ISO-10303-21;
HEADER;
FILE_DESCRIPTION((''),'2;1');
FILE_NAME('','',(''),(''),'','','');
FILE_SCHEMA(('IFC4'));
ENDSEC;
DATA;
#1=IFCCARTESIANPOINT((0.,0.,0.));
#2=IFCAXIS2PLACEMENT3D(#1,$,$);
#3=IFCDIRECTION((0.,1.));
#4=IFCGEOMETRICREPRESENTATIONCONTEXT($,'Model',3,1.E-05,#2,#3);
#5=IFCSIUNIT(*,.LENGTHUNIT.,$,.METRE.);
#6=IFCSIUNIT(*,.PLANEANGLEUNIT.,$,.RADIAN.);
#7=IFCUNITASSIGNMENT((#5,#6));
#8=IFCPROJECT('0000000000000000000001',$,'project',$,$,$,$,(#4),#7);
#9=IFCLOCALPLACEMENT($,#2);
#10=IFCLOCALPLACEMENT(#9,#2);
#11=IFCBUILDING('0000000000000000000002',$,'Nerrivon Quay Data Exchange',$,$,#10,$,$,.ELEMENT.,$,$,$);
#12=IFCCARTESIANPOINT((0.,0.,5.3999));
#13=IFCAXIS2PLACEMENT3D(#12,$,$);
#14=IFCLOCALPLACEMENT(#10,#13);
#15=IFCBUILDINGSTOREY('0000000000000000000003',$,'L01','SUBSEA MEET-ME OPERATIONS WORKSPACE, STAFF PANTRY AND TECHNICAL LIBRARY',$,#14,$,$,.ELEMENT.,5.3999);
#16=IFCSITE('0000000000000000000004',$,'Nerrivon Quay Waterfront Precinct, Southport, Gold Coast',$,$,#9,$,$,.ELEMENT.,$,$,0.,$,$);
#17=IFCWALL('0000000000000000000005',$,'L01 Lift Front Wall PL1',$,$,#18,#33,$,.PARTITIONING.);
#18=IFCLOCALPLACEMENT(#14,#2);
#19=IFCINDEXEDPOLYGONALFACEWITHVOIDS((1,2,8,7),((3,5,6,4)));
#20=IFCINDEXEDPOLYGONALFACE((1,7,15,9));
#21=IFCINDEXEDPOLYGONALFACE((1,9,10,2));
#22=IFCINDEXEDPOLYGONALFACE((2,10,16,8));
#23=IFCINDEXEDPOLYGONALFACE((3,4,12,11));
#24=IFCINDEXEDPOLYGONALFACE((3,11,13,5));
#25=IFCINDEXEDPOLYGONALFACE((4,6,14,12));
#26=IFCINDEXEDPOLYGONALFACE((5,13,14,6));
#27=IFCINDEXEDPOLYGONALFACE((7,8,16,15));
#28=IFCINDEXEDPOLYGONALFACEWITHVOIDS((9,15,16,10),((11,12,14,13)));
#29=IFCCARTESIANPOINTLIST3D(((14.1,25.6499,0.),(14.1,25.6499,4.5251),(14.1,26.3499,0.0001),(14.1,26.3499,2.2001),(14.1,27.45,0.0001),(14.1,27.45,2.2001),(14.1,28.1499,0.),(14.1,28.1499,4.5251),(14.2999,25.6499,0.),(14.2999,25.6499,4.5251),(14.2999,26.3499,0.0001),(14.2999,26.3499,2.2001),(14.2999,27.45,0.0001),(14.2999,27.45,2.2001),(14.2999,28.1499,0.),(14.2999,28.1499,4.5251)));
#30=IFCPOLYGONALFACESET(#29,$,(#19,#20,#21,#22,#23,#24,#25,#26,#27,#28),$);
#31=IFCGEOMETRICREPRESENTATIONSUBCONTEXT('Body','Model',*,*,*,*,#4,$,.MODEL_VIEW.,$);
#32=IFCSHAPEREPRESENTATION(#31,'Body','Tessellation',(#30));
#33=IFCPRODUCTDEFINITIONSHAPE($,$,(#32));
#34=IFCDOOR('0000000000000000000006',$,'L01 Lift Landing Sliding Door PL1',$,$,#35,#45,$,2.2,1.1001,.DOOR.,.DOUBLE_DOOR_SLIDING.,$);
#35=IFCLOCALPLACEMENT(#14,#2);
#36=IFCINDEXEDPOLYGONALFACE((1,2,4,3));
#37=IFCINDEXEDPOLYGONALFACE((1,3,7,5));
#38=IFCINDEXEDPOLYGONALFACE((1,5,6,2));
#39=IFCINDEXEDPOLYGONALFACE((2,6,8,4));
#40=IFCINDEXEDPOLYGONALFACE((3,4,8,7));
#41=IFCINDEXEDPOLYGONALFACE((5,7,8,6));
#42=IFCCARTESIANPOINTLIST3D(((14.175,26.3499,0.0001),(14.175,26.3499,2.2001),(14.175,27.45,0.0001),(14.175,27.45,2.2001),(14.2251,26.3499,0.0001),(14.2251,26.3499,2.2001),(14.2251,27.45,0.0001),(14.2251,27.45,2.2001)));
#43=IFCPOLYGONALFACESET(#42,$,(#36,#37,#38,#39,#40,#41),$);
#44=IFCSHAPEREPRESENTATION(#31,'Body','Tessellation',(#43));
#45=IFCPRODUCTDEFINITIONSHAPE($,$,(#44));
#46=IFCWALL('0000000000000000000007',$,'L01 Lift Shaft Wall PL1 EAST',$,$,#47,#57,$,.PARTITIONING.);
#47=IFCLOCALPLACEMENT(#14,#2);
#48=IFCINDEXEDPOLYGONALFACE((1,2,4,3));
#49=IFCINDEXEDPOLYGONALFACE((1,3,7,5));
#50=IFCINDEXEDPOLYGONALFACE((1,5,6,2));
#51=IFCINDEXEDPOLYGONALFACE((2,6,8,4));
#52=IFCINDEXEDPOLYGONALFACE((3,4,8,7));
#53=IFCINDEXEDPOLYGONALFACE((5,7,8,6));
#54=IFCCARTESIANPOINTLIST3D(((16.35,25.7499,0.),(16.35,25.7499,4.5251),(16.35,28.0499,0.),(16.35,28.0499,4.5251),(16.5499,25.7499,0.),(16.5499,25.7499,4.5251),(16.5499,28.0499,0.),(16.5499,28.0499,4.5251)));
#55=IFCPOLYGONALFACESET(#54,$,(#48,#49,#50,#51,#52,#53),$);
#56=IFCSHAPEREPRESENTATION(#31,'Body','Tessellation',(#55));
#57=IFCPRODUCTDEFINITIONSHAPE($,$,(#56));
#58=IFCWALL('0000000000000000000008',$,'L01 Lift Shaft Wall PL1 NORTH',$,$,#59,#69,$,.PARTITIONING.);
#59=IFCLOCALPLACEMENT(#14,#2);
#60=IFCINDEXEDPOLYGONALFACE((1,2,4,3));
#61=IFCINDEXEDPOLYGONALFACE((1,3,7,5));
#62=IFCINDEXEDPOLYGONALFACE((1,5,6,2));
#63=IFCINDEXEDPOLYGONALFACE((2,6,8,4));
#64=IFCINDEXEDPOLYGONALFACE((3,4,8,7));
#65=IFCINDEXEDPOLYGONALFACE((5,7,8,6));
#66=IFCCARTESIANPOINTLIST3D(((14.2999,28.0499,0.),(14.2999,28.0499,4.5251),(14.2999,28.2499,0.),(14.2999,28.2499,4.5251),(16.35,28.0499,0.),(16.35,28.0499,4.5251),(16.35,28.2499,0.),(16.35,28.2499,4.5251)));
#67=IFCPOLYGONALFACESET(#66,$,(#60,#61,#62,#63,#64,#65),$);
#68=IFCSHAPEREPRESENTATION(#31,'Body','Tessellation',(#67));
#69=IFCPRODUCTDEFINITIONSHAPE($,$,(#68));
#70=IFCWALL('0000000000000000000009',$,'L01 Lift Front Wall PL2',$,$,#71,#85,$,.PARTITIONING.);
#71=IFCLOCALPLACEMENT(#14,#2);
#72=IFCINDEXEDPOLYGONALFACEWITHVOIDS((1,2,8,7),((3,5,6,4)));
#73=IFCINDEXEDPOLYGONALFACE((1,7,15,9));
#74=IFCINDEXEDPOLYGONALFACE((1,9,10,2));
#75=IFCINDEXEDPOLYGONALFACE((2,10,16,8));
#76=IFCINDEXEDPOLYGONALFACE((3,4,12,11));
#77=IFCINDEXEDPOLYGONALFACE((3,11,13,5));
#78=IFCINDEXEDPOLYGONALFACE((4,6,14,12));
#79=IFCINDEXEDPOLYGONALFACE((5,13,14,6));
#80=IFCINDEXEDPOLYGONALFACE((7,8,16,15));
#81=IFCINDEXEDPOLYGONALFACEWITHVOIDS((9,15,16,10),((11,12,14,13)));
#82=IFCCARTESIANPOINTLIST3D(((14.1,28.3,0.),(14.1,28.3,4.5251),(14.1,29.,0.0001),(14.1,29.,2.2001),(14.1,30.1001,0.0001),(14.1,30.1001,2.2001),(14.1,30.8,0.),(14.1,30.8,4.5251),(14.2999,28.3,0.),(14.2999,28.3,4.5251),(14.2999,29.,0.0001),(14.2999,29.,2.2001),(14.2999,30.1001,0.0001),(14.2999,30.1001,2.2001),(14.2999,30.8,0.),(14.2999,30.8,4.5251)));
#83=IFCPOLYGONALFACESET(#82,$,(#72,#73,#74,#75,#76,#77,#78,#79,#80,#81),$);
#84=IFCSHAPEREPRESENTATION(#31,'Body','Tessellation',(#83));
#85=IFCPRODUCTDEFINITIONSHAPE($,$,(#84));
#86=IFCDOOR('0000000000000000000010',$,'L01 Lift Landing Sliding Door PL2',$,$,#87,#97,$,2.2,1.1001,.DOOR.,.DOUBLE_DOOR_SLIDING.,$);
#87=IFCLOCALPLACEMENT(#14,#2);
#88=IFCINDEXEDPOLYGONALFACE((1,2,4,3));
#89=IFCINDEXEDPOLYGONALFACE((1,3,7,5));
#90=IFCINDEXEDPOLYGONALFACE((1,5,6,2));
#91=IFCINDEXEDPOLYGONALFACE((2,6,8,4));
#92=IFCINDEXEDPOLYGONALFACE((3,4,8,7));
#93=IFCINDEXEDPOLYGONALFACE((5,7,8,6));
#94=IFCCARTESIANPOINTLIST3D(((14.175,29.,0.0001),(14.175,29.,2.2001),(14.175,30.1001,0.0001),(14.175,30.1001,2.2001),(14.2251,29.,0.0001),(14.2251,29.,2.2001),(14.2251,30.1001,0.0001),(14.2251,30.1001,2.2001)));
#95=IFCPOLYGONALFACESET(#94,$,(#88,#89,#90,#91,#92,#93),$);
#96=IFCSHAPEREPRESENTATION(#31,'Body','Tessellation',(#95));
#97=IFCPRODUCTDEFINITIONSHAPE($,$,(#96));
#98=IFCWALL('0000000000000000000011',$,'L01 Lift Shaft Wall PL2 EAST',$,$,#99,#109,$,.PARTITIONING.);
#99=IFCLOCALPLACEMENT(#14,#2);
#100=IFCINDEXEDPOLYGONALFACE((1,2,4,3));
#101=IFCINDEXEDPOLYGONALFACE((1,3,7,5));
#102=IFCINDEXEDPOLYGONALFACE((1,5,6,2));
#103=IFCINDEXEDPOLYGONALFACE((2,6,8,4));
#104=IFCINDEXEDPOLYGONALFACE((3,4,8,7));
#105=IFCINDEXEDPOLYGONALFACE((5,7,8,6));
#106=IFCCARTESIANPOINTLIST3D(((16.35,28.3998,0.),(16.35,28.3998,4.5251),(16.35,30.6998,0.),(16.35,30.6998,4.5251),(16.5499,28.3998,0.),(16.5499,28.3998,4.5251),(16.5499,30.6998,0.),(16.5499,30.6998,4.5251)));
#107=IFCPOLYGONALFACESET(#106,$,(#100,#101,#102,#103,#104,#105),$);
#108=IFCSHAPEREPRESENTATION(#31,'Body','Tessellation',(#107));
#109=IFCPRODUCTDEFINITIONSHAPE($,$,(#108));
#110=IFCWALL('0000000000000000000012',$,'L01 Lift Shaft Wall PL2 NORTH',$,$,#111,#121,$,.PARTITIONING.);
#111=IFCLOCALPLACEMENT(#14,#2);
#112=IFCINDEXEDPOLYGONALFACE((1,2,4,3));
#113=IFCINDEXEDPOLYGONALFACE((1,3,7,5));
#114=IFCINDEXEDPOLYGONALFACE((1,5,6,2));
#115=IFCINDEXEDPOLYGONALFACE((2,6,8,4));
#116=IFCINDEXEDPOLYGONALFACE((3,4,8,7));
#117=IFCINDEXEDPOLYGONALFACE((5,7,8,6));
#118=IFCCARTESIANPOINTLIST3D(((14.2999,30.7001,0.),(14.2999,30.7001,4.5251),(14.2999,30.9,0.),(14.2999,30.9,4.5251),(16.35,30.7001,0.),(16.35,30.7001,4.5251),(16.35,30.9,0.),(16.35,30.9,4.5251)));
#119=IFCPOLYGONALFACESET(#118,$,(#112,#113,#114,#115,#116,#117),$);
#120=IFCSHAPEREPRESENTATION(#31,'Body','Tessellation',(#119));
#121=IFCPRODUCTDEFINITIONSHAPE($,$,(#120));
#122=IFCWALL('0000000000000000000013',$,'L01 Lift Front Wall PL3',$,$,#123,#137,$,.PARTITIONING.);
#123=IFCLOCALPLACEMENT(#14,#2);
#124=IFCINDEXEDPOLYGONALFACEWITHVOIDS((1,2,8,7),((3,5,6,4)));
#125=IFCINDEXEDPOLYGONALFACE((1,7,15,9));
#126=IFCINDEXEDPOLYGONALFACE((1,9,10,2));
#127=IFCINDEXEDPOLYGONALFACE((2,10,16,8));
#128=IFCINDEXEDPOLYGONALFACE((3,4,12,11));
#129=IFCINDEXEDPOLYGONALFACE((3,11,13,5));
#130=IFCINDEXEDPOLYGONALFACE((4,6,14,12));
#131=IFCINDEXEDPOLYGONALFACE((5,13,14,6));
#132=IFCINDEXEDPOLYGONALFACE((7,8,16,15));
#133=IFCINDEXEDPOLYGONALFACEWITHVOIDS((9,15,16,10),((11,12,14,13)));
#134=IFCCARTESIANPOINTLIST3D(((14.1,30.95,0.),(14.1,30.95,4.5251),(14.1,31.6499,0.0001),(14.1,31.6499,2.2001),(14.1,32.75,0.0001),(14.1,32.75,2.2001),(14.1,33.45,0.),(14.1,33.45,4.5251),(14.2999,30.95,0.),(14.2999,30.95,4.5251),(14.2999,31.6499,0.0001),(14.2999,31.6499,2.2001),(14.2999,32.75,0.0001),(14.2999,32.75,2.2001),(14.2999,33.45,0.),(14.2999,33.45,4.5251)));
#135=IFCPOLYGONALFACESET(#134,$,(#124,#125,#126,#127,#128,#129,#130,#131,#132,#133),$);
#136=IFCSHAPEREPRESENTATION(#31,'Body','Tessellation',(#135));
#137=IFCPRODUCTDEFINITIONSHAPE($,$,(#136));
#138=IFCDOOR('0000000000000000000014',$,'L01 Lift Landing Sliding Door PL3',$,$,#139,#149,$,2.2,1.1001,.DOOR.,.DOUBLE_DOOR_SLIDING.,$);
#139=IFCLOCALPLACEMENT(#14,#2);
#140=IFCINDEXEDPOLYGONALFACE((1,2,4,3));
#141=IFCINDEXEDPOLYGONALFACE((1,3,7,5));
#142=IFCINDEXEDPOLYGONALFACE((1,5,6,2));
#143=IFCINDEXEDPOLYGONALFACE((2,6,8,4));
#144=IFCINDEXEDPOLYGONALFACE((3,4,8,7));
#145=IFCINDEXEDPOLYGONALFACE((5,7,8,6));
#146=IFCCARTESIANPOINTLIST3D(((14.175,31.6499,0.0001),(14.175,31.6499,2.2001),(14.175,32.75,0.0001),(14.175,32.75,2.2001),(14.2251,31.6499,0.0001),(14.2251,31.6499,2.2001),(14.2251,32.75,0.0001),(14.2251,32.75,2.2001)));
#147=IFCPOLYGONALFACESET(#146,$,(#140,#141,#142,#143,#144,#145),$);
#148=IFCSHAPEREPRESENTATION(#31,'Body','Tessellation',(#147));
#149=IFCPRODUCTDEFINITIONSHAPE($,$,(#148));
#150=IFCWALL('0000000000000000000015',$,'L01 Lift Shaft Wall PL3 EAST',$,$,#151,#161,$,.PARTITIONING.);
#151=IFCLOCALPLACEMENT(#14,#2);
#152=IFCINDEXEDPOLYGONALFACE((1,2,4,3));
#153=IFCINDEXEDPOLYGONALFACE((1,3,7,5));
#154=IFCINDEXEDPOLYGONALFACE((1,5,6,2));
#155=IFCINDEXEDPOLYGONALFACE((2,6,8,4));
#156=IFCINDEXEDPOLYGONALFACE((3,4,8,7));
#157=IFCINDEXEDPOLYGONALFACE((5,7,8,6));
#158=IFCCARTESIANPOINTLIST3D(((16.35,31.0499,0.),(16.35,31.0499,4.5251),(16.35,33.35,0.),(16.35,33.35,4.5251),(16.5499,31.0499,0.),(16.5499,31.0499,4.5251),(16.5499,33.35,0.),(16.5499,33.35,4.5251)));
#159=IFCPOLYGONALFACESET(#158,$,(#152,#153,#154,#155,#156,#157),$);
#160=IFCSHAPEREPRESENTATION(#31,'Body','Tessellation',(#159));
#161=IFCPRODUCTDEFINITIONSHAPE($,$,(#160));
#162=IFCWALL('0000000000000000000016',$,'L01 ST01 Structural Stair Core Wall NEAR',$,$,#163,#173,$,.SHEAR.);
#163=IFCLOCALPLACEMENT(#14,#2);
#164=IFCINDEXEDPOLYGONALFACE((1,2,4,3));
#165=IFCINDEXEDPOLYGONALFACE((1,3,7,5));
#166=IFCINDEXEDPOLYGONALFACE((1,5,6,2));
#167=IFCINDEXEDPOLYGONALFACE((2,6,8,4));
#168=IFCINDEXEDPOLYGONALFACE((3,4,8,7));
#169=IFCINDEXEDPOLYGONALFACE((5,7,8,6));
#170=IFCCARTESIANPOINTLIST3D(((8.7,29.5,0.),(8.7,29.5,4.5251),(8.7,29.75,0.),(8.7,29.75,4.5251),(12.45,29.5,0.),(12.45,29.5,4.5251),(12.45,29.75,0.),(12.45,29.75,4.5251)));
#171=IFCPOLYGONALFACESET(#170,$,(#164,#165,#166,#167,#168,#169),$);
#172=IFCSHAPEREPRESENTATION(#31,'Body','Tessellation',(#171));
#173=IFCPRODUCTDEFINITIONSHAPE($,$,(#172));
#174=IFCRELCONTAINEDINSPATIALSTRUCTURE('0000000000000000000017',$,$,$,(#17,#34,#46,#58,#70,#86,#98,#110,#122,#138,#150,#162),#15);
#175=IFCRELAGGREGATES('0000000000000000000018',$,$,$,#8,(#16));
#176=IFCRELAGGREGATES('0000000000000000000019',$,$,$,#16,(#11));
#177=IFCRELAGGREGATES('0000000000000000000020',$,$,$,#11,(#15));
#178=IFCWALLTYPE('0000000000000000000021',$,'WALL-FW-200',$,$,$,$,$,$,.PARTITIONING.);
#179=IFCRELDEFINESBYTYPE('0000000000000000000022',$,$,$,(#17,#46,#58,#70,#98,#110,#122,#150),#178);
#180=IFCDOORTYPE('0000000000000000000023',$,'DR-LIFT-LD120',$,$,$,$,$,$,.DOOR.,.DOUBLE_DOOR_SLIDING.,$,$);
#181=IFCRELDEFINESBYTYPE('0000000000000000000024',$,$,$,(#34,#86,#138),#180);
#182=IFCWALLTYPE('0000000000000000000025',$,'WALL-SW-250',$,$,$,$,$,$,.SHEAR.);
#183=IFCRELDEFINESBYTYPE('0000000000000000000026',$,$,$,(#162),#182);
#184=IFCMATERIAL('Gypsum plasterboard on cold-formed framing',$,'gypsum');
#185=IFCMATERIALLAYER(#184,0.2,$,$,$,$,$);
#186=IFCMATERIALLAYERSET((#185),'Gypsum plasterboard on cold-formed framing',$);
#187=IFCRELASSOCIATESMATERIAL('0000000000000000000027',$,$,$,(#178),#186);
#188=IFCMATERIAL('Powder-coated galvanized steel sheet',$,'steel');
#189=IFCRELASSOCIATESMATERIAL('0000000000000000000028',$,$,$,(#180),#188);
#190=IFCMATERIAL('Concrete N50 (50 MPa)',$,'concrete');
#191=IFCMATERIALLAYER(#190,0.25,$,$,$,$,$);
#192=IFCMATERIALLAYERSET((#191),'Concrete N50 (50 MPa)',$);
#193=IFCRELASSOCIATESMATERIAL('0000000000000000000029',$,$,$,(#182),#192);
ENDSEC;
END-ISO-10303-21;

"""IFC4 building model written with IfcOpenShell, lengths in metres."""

from ifc_helpers import new_model, si_unit, direction, frame, frame_2d, origin, place, context, subcontext, project, spatial, rectangle, extrude, material, layer, layer_set, type_object, element, fill, save


model = new_model("IFC4")

# Units and contexts
model_context = context("Model", 3, precision=1e-05, world=origin(), true_north=direction((0.0, 1.0)))
body_context = subcontext(model_context, "Body", "Model", "MODEL_VIEW")
ifc_project = project(units=[si_unit("LENGTHUNIT", "METRE"), si_unit("PLANEANGLEUNIT", "RADIAN")], contexts=[model_context])

# Site, building, storey
site_placement = place(None, origin())
site = spatial("IfcSite", under=ifc_project, at=site_placement, Name="Nerrivon Quay Waterfront Precinct, Southport, Gold Coast", CompositionType="ELEMENT", RefElevation=0.0)
building_placement = place(site_placement, origin())
building = spatial("IfcBuilding", under=site, at=building_placement, Name="Nerrivon Quay Data Exchange", CompositionType="ELEMENT")
storey_placement = place(building_placement, frame((0.0, 0.0, 5.3999)))
storey = spatial("IfcBuildingStorey", under=building, at=storey_placement, Name="L01", Description="SUBSEA MEET-ME OPERATIONS WORKSPACE, STAFF PANTRY AND TECHNICAL LIBRARY", CompositionType="ELEMENT", Elevation=5.3999)

# Wall, opening, door
ifc_material_1 = material(Name="Gypsum plasterboard on cold-formed framing", Category="gypsum")
ifc_layer_1 = layer(ifc_material_1, 0.2)
ifc_layer_set_1 = layer_set([ifc_layer_1], Name="Gypsum plasterboard on cold-formed framing")
wall_type_1 = type_object("IfcWallType", Name="WALL-FW-200", PredefinedType="PARTITIONING", material=ifc_layer_set_1)
ifc_material_2 = material(Name="Powder-coated galvanized steel sheet", Category="steel")
door_type_1 = type_object("IfcDoorType", Name="DR-LIFT-LD120", OperationType="DOUBLE_DOOR_SLIDING", PredefinedType="DOOR", material=ifc_material_2)
wall_1_placement = place(storey_placement, frame((14.2, 25.6499, 0.0), z_axis=(0.0, 0.0, 1.0), x_axis=(0.0, 1.0, 0.0)))
wall_1 = element("IfcWall", 1, at=wall_1_placement, inside=storey, type_object=wall_type_1, Name="L01 Lift Front Wall PL1", PredefinedType="PARTITIONING", context=body_context, shape_type="SweptSolid", body=[
    extrude(rectangle(XDim=2.5, YDim=0.2, at=frame_2d((1.25, 0.0))), origin(), (0.0, 0.0, 1.0), 4.5251),
])
opening_1_placement = place(wall_1_placement, frame((0.7, 0.0, 0.0)))
opening_1 = element("IfcOpeningElement", 2, at=opening_1_placement, cuts=wall_1, PredefinedType="OPENING", context=body_context, shape_type="SweptSolid", body=[
    extrude(rectangle(XDim=1.1001, YDim=2.2, at=frame_2d((0.55, 1.1001))), frame((0.0, 0.1099, 0.0), z_axis=(0.0, -1.0, 0.0), x_axis=(1.0, 0.0, 0.0)), (0.0, 0.0, 1.0), 0.22),
])
door_1_placement = place(opening_1_placement, origin())
door_1 = element("IfcDoor", 3, at=door_1_placement, inside=storey, type_object=door_type_1, Name="L01 Lift Landing Sliding Door PL1", OperationType="DOUBLE_DOOR_SLIDING", OverallHeight=2.2, OverallWidth=1.1001, PredefinedType="DOOR", context=body_context, shape_type="SweptSolid", body=[
    extrude(rectangle(XDim=1.1001, YDim=2.2, at=frame_2d((0.55, 1.1001))), frame((0.0, 0.0249, 0.0), z_axis=(0.0, -1.0, 0.0), x_axis=(1.0, 0.0, 0.0)), (0.0, 0.0, 1.0), 0.05),
])
fill(opening_1, door_1)

# Walls
wall_2_placement = place(storey_placement, frame((16.45, 25.75, 0.0), z_axis=(0.0, 0.0, 1.0), x_axis=(0.0, 1.0, 0.0)))
element("IfcWall", 4, at=wall_2_placement, inside=storey, type_object=wall_type_1, Name="L01 Lift Shaft Wall PL1 EAST", PredefinedType="PARTITIONING", context=body_context, shape_type="SweptSolid", body=[
    extrude(rectangle(XDim=2.3, YDim=0.2, at=frame_2d((1.1499, 0.0))), origin(), (0.0, 0.0, 1.0), 4.5251),
])
wall_3_placement = place(storey_placement, frame((14.3, 28.1499, 0.0), z_axis=(0.0, 0.0, 1.0), x_axis=(1.0, 0.0, 0.0)))
element("IfcWall", 5, at=wall_3_placement, inside=storey, type_object=wall_type_1, Name="L01 Lift Shaft Wall PL1 NORTH", PredefinedType="PARTITIONING", context=body_context, shape_type="SweptSolid", body=[
    extrude(rectangle(XDim=2.05, YDim=0.2, at=frame_2d((1.0249, 0.0))), origin(), (0.0, 0.0, 1.0), 4.5251),
])

# Wall, opening, door
wall_4_placement = place(storey_placement, frame((14.2, 28.3, 0.0), z_axis=(0.0, 0.0, 1.0), x_axis=(0.0, 1.0, 0.0)))
wall_4 = element("IfcWall", 6, at=wall_4_placement, inside=storey, type_object=wall_type_1, Name="L01 Lift Front Wall PL2", PredefinedType="PARTITIONING", context=body_context, shape_type="SweptSolid", body=[
    extrude(rectangle(XDim=2.5, YDim=0.2, at=frame_2d((1.25, 0.0))), origin(), (0.0, 0.0, 1.0), 4.5251),
])
opening_2_placement = place(wall_4_placement, frame((0.7, 0.0, 0.0)))
opening_2 = element("IfcOpeningElement", 7, at=opening_2_placement, cuts=wall_4, PredefinedType="OPENING", context=body_context, shape_type="SweptSolid", body=[
    extrude(rectangle(XDim=1.1001, YDim=2.2, at=frame_2d((0.55, 1.1001))), frame((0.0, 0.1099, 0.0), z_axis=(0.0, -1.0, 0.0), x_axis=(1.0, 0.0, 0.0)), (0.0, 0.0, 1.0), 0.22),
])
door_2_placement = place(opening_2_placement, origin())
door_2 = element("IfcDoor", 8, at=door_2_placement, inside=storey, type_object=door_type_1, Name="L01 Lift Landing Sliding Door PL2", OperationType="DOUBLE_DOOR_SLIDING", OverallHeight=2.2, OverallWidth=1.1001, PredefinedType="DOOR", context=body_context, shape_type="SweptSolid", body=[
    extrude(rectangle(XDim=1.1001, YDim=2.2, at=frame_2d((0.55, 1.1001))), frame((0.0, 0.0249, 0.0), z_axis=(0.0, -1.0, 0.0), x_axis=(1.0, 0.0, 0.0)), (0.0, 0.0, 1.0), 0.05),
])
fill(opening_2, door_2)

# Walls
wall_5_placement = place(storey_placement, frame((16.45, 28.3999, 0.0), z_axis=(0.0, 0.0, 1.0), x_axis=(0.0, 1.0, 0.0)))
element("IfcWall", 9, at=wall_5_placement, inside=storey, type_object=wall_type_1, Name="L01 Lift Shaft Wall PL2 EAST", PredefinedType="PARTITIONING", context=body_context, shape_type="SweptSolid", body=[
    extrude(rectangle(XDim=2.3, YDim=0.2, at=frame_2d((1.1499, 0.0))), origin(), (0.0, 0.0, 1.0), 4.5251),
])
wall_6_placement = place(storey_placement, frame((14.3, 30.8, 0.0), z_axis=(0.0, 0.0, 1.0), x_axis=(1.0, 0.0, 0.0)))
element("IfcWall", 10, at=wall_6_placement, inside=storey, type_object=wall_type_1, Name="L01 Lift Shaft Wall PL2 NORTH", PredefinedType="PARTITIONING", context=body_context, shape_type="SweptSolid", body=[
    extrude(rectangle(XDim=2.05, YDim=0.2, at=frame_2d((1.0249, 0.0))), origin(), (0.0, 0.0, 1.0), 4.5251),
])

# Wall, opening, door
wall_7_placement = place(storey_placement, frame((14.2, 30.95, 0.0), z_axis=(0.0, 0.0, 1.0), x_axis=(0.0, 1.0, 0.0)))
wall_7 = element("IfcWall", 11, at=wall_7_placement, inside=storey, type_object=wall_type_1, Name="L01 Lift Front Wall PL3", PredefinedType="PARTITIONING", context=body_context, shape_type="SweptSolid", body=[
    extrude(rectangle(XDim=2.5, YDim=0.2, at=frame_2d((1.25, 0.0))), origin(), (0.0, 0.0, 1.0), 4.5251),
])
opening_3_placement = place(wall_7_placement, frame((0.7, 0.0, 0.0)))
opening_3 = element("IfcOpeningElement", 12, at=opening_3_placement, cuts=wall_7, PredefinedType="OPENING", context=body_context, shape_type="SweptSolid", body=[
    extrude(rectangle(XDim=1.1001, YDim=2.2, at=frame_2d((0.55, 1.1001))), frame((0.0, 0.1099, 0.0), z_axis=(0.0, -1.0, 0.0), x_axis=(1.0, 0.0, 0.0)), (0.0, 0.0, 1.0), 0.22),
])
door_3_placement = place(opening_3_placement, origin())
door_3 = element("IfcDoor", 13, at=door_3_placement, inside=storey, type_object=door_type_1, Name="L01 Lift Landing Sliding Door PL3", OperationType="DOUBLE_DOOR_SLIDING", OverallHeight=2.2, OverallWidth=1.1001, PredefinedType="DOOR", context=body_context, shape_type="SweptSolid", body=[
    extrude(rectangle(XDim=1.1001, YDim=2.2, at=frame_2d((0.55, 1.1001))), frame((0.0, 0.0249, 0.0), z_axis=(0.0, -1.0, 0.0), x_axis=(1.0, 0.0, 0.0)), (0.0, 0.0, 1.0), 0.05),
])
fill(opening_3, door_3)

# Walls
wall_8_placement = place(storey_placement, frame((16.45, 31.05, 0.0), z_axis=(0.0, 0.0, 1.0), x_axis=(0.0, 1.0, 0.0)))
element("IfcWall", 14, at=wall_8_placement, inside=storey, type_object=wall_type_1, Name="L01 Lift Shaft Wall PL3 EAST", PredefinedType="PARTITIONING", context=body_context, shape_type="SweptSolid", body=[
    extrude(rectangle(XDim=2.3, YDim=0.2, at=frame_2d((1.1499, 0.0))), origin(), (0.0, 0.0, 1.0), 4.5251),
])
ifc_material_3 = material(Name="Concrete N50 (50 MPa)", Category="concrete")
ifc_layer_2 = layer(ifc_material_3, 0.25)
ifc_layer_set_2 = layer_set([ifc_layer_2], Name="Concrete N50 (50 MPa)")
wall_type_2 = type_object("IfcWallType", Name="WALL-SW-250", PredefinedType="SHEAR", material=ifc_layer_set_2)
wall_9_placement = place(storey_placement, frame((12.45, 29.625, 0.0), z_axis=(0.0, 0.0, 1.0), x_axis=(-1.0, 0.0, 0.0)))
element("IfcWall", 15, at=wall_9_placement, inside=storey, type_object=wall_type_2, Name="L01 ST01 Structural Stair Core Wall NEAR", PredefinedType="SHEAR", context=body_context, shape_type="SweptSolid", body=[
    extrude(rectangle(XDim=3.75, YDim=0.25, at=frame_2d((1.875, 0.0))), origin(), (0.0, 0.0, 1.0), 4.5251),
])

save(model, "model.ifc")
